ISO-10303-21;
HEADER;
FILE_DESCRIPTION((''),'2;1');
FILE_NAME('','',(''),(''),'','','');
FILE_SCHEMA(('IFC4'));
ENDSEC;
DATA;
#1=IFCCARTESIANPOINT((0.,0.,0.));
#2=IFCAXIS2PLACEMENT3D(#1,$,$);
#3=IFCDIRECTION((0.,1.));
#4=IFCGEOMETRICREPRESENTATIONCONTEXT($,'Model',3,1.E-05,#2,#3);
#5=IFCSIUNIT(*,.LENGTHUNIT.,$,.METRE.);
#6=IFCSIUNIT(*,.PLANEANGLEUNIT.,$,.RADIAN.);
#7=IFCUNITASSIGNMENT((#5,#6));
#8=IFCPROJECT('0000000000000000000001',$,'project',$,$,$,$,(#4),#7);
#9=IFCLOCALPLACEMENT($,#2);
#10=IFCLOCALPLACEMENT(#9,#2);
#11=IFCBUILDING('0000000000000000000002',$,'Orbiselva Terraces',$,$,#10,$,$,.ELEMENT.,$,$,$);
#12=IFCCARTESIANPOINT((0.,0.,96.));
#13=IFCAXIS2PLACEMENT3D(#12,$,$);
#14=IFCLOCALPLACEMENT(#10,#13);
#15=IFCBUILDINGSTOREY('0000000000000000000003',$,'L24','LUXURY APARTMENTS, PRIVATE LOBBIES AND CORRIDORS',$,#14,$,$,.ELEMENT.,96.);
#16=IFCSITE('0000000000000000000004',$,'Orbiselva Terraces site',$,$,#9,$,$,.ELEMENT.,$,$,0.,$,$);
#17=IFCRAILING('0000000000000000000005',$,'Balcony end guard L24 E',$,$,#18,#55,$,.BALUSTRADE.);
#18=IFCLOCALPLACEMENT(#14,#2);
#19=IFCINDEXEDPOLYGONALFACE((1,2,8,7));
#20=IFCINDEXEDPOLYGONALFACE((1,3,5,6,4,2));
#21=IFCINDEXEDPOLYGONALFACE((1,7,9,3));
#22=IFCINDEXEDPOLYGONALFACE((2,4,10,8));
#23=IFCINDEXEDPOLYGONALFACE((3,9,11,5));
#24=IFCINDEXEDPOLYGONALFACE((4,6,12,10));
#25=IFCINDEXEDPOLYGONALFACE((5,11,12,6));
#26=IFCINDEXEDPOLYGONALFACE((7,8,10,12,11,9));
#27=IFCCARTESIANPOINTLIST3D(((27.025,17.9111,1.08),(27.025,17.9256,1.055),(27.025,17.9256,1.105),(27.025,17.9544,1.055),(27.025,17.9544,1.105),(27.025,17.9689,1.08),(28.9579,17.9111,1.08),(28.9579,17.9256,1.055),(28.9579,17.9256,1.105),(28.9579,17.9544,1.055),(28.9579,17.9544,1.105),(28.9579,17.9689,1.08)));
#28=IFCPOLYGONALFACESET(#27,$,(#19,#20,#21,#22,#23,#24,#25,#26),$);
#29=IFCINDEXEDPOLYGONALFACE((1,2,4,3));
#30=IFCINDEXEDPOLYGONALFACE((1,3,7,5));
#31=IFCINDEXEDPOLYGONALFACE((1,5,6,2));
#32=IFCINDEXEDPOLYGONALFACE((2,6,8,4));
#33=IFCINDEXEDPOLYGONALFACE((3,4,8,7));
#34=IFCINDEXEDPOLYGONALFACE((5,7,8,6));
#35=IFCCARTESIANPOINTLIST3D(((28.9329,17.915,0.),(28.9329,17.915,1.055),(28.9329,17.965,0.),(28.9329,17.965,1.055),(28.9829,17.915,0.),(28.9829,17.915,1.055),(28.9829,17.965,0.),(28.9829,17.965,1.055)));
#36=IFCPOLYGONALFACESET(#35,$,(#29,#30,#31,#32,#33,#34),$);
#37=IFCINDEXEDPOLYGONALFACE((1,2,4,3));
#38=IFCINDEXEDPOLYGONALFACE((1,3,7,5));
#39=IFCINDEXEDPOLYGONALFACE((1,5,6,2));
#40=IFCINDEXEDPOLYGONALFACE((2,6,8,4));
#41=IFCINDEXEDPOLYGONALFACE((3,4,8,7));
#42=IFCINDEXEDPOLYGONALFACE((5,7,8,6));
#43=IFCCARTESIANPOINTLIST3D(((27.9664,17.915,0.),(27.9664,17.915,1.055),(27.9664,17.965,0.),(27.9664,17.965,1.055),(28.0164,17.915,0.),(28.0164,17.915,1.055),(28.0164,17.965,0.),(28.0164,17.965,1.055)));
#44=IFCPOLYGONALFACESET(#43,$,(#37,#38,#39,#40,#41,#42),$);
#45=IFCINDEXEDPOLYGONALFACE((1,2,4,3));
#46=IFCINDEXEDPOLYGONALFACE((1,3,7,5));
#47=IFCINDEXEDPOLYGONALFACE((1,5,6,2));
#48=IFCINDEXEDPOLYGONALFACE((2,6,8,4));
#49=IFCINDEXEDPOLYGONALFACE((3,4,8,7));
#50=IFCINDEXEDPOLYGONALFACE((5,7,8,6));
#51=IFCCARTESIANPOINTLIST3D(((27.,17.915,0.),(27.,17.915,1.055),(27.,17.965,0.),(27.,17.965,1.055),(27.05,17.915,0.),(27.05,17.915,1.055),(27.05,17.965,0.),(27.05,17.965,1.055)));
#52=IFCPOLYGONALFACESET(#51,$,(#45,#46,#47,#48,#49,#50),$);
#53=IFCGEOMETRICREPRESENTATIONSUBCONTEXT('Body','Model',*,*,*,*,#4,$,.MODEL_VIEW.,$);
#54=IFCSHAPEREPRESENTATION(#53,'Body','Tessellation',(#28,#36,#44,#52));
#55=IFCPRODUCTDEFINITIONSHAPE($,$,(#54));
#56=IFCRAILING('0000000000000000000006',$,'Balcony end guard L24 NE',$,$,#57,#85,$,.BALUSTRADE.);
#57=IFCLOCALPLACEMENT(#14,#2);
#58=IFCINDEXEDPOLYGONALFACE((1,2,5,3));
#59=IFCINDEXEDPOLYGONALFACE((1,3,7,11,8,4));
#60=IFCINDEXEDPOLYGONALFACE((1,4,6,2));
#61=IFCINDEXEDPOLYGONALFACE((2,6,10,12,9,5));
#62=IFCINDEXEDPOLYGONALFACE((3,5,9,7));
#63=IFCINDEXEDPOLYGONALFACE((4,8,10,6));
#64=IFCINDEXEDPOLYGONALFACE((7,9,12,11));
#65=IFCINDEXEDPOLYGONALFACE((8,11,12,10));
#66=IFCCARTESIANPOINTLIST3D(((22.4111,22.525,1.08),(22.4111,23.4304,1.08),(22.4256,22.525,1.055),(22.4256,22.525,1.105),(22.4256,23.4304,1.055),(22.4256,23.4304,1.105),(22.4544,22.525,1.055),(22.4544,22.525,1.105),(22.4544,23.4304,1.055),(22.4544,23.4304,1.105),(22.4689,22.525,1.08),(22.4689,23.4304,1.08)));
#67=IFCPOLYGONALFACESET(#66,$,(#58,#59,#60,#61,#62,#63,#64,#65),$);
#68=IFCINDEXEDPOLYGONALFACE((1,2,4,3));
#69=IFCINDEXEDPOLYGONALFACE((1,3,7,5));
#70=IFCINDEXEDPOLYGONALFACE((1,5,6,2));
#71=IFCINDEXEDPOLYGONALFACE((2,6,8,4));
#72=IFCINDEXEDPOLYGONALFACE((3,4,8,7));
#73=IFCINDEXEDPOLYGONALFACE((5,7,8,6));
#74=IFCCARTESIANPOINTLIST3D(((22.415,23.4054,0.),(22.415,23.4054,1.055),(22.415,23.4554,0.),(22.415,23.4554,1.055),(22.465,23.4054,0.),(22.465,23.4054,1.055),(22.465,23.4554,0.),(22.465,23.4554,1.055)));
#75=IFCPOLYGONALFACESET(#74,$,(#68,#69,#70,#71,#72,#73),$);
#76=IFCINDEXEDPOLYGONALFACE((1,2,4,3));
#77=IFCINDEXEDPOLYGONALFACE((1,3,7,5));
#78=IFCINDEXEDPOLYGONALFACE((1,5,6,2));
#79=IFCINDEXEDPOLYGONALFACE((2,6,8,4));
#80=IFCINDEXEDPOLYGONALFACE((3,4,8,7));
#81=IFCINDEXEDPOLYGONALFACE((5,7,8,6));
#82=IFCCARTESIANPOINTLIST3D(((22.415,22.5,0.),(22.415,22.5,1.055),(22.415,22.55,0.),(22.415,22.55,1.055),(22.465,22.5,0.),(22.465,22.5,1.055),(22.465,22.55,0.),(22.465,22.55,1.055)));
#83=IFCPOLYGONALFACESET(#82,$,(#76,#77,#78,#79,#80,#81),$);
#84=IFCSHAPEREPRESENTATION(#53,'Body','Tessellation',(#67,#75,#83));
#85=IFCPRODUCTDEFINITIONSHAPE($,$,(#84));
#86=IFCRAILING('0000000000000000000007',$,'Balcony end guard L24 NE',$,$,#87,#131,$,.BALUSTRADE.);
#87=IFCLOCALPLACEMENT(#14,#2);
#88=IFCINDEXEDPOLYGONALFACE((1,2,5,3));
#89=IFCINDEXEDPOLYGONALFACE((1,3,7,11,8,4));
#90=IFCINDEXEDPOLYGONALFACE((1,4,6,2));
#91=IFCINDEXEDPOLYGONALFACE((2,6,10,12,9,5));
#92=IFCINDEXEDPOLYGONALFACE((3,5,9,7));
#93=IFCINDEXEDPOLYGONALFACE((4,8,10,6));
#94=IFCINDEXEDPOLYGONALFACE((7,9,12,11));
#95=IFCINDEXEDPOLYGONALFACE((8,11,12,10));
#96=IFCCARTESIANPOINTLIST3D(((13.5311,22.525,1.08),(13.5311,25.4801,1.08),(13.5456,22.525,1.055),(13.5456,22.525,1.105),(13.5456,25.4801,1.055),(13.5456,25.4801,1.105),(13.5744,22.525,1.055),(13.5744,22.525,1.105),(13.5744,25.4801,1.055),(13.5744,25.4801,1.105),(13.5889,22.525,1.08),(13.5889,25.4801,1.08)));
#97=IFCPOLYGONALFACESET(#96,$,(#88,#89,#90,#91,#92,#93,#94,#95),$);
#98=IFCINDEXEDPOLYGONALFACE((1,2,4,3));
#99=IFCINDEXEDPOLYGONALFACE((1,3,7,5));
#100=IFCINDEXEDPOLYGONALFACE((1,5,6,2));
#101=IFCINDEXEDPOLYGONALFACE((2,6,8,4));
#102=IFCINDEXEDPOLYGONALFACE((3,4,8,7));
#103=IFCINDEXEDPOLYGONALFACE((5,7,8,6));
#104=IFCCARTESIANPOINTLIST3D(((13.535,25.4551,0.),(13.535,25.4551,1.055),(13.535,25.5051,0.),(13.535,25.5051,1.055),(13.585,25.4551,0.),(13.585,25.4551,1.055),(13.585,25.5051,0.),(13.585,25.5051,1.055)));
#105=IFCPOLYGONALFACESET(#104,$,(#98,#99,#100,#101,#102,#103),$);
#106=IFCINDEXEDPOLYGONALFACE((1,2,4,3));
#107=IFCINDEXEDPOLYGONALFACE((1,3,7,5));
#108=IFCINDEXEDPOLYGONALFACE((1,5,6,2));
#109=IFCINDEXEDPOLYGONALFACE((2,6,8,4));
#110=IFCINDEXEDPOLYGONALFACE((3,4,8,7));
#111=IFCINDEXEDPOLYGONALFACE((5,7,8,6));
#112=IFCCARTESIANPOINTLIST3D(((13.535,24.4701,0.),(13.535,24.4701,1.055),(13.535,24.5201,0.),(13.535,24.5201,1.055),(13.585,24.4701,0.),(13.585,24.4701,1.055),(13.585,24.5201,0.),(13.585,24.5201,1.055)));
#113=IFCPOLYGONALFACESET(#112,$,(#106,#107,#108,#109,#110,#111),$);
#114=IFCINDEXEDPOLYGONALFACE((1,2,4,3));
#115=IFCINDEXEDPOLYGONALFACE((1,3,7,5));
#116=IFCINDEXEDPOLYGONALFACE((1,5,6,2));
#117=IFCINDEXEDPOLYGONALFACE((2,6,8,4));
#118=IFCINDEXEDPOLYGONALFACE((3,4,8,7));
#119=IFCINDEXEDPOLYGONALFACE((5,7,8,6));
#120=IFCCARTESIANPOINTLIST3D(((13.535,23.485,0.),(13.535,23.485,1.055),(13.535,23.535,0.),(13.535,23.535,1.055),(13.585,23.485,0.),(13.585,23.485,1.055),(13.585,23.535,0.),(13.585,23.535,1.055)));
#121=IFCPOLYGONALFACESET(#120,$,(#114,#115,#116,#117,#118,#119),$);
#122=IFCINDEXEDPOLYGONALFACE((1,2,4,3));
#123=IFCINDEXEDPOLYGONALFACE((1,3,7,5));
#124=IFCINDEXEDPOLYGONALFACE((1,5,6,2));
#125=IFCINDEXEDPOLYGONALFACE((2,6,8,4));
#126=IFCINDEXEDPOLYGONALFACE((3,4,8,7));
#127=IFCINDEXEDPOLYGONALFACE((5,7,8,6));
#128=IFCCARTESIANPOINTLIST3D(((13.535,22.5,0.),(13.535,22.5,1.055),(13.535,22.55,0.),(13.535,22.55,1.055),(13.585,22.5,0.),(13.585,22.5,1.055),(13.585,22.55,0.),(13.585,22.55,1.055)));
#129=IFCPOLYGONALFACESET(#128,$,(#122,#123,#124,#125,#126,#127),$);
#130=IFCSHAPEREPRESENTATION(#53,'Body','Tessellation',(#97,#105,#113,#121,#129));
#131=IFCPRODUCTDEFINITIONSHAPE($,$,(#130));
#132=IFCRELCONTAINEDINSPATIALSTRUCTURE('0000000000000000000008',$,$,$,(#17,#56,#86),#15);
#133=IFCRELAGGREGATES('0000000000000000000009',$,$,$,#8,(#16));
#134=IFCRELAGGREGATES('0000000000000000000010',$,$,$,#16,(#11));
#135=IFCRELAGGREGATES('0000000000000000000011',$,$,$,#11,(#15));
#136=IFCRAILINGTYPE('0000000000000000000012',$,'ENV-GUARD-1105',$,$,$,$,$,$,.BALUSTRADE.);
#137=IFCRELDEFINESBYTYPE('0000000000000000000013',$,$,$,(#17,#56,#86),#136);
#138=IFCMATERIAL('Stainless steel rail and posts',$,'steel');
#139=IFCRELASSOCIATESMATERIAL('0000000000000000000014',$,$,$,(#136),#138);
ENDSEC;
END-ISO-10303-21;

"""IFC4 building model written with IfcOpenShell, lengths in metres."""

from ifc_helpers import new_model, si_unit, direction, frame, origin, origin_2d, place, context, subcontext, project, spatial, polyline, rectangle, outline, extrude, material, type_object, element, save


model = new_model("IFC4")

# Units and contexts
model_context = context("Model", 3, precision=1e-05, world=origin(), true_north=direction((0.0, 1.0)))
body_context = subcontext(model_context, "Body", "Model", "MODEL_VIEW")
ifc_project = project(units=[si_unit("LENGTHUNIT", "METRE"), si_unit("PLANEANGLEUNIT", "RADIAN")], contexts=[model_context])

# Site, building, storey
site_placement = place(None, origin())
site = spatial("IfcSite", under=ifc_project, at=site_placement, Name="Orbiselva Terraces site", CompositionType="ELEMENT", RefElevation=0.0)
building_placement = place(site_placement, origin())
building = spatial("IfcBuilding", under=site, at=building_placement, Name="Orbiselva Terraces", CompositionType="ELEMENT")
storey_placement = place(building_placement, frame((0.0, 0.0, 96.0)))
storey = spatial("IfcBuildingStorey", under=building, at=storey_placement, Name="L24", Description="LUXURY APARTMENTS, PRIVATE LOBBIES AND CORRIDORS", CompositionType="ELEMENT", Elevation=96.0)

# Railings
ifc_material_1 = material(Name="Stainless steel rail and posts", Category="steel")
railing_type_1 = type_object("IfcRailingType", Name="ENV-GUARD-1105", PredefinedType="BALUSTRADE", material=ifc_material_1)
railing_1_placement = place(storey_placement, frame((28.9579, 17.94, 0.0)))
element("IfcRailing", 1, at=railing_1_placement, inside=storey, type_object=railing_type_1, Name="Balcony end guard L24 E", PredefinedType="BALUSTRADE", context=body_context, shape_type="SweptSolid", body=[
    extrude(outline(polyline([(0.0289, 0.0), (0.0144, 0.025), (-0.0144, 0.025), (-0.0289, 0.0), (-0.0144, -0.025), (0.0144, -0.025), (0.0289, 0.0)])), frame((0.0, 0.0, 1.08), z_axis=(-1.0, 0.0, 0.0), x_axis=(0.0, -1.0, 0.0)), (0.0, 0.0, 1.0), 1.9329),
    extrude(rectangle(XDim=0.05, YDim=0.05, at=origin_2d()), origin(), (0.0, 0.0, 1.0), 1.055),
    extrude(rectangle(XDim=0.05, YDim=0.05, at=origin_2d()), frame((-0.9664, 0.0, 0.0)), (0.0, 0.0, 1.0), 1.055),
    extrude(rectangle(XDim=0.05, YDim=0.05, at=origin_2d()), frame((-1.9329, 0.0, 0.0)), (0.0, 0.0, 1.0), 1.055),
])
railing_2_placement = place(storey_placement, frame((22.44, 23.4304, 0.0)))
element("IfcRailing", 2, at=railing_2_placement, inside=storey, type_object=railing_type_1, Name="Balcony end guard L24 NE", PredefinedType="BALUSTRADE", context=body_context, shape_type="SweptSolid", body=[
    extrude(outline(polyline([(0.0289, 0.0), (0.0144, 0.025), (-0.0144, 0.025), (-0.0289, 0.0), (-0.0144, -0.025), (0.0144, -0.025), (0.0289, 0.0)])), frame((0.0, 0.0, 1.08), z_axis=(0.0, -1.0, 0.0), x_axis=(1.0, 0.0, 0.0)), (0.0, 0.0, 1.0), 0.9054),
    extrude(rectangle(XDim=0.05, YDim=0.05, at=origin_2d()), origin(), (0.0, 0.0, 1.0), 1.055),
    extrude(rectangle(XDim=0.05, YDim=0.05, at=origin_2d()), frame((0.0, -0.9054, 0.0)), (0.0, 0.0, 1.0), 1.055),
])
railing_3_placement = place(storey_placement, frame((13.56, 25.4801, 0.0)))
element("IfcRailing", 3, at=railing_3_placement, inside=storey, type_object=railing_type_1, Name="Balcony end guard L24 NE", PredefinedType="BALUSTRADE", context=body_context, shape_type="SweptSolid", body=[
    extrude(outline(polyline([(0.0289, 0.0), (0.0144, 0.025), (-0.0144, 0.025), (-0.0289, 0.0), (-0.0144, -0.025), (0.0144, -0.025), (0.0289, 0.0)])), frame((0.0, 0.0, 1.08), z_axis=(0.0, -1.0, 0.0), x_axis=(1.0, 0.0, 0.0)), (0.0, 0.0, 1.0), 2.9551),
    extrude(rectangle(XDim=0.05, YDim=0.05, at=origin_2d()), origin(), (0.0, 0.0, 1.0), 1.055),
    extrude(rectangle(XDim=0.05, YDim=0.05, at=origin_2d()), frame((0.0, -0.985, 0.0)), (0.0, 0.0, 1.0), 1.055),
    extrude(rectangle(XDim=0.05, YDim=0.05, at=origin_2d()), frame((0.0, -1.9701, 0.0)), (0.0, 0.0, 1.0), 1.055),
    extrude(rectangle(XDim=0.05, YDim=0.05, at=origin_2d()), frame((0.0, -2.9551, 0.0)), (0.0, 0.0, 1.0), 1.055),
])

save(model, "model.ifc")
